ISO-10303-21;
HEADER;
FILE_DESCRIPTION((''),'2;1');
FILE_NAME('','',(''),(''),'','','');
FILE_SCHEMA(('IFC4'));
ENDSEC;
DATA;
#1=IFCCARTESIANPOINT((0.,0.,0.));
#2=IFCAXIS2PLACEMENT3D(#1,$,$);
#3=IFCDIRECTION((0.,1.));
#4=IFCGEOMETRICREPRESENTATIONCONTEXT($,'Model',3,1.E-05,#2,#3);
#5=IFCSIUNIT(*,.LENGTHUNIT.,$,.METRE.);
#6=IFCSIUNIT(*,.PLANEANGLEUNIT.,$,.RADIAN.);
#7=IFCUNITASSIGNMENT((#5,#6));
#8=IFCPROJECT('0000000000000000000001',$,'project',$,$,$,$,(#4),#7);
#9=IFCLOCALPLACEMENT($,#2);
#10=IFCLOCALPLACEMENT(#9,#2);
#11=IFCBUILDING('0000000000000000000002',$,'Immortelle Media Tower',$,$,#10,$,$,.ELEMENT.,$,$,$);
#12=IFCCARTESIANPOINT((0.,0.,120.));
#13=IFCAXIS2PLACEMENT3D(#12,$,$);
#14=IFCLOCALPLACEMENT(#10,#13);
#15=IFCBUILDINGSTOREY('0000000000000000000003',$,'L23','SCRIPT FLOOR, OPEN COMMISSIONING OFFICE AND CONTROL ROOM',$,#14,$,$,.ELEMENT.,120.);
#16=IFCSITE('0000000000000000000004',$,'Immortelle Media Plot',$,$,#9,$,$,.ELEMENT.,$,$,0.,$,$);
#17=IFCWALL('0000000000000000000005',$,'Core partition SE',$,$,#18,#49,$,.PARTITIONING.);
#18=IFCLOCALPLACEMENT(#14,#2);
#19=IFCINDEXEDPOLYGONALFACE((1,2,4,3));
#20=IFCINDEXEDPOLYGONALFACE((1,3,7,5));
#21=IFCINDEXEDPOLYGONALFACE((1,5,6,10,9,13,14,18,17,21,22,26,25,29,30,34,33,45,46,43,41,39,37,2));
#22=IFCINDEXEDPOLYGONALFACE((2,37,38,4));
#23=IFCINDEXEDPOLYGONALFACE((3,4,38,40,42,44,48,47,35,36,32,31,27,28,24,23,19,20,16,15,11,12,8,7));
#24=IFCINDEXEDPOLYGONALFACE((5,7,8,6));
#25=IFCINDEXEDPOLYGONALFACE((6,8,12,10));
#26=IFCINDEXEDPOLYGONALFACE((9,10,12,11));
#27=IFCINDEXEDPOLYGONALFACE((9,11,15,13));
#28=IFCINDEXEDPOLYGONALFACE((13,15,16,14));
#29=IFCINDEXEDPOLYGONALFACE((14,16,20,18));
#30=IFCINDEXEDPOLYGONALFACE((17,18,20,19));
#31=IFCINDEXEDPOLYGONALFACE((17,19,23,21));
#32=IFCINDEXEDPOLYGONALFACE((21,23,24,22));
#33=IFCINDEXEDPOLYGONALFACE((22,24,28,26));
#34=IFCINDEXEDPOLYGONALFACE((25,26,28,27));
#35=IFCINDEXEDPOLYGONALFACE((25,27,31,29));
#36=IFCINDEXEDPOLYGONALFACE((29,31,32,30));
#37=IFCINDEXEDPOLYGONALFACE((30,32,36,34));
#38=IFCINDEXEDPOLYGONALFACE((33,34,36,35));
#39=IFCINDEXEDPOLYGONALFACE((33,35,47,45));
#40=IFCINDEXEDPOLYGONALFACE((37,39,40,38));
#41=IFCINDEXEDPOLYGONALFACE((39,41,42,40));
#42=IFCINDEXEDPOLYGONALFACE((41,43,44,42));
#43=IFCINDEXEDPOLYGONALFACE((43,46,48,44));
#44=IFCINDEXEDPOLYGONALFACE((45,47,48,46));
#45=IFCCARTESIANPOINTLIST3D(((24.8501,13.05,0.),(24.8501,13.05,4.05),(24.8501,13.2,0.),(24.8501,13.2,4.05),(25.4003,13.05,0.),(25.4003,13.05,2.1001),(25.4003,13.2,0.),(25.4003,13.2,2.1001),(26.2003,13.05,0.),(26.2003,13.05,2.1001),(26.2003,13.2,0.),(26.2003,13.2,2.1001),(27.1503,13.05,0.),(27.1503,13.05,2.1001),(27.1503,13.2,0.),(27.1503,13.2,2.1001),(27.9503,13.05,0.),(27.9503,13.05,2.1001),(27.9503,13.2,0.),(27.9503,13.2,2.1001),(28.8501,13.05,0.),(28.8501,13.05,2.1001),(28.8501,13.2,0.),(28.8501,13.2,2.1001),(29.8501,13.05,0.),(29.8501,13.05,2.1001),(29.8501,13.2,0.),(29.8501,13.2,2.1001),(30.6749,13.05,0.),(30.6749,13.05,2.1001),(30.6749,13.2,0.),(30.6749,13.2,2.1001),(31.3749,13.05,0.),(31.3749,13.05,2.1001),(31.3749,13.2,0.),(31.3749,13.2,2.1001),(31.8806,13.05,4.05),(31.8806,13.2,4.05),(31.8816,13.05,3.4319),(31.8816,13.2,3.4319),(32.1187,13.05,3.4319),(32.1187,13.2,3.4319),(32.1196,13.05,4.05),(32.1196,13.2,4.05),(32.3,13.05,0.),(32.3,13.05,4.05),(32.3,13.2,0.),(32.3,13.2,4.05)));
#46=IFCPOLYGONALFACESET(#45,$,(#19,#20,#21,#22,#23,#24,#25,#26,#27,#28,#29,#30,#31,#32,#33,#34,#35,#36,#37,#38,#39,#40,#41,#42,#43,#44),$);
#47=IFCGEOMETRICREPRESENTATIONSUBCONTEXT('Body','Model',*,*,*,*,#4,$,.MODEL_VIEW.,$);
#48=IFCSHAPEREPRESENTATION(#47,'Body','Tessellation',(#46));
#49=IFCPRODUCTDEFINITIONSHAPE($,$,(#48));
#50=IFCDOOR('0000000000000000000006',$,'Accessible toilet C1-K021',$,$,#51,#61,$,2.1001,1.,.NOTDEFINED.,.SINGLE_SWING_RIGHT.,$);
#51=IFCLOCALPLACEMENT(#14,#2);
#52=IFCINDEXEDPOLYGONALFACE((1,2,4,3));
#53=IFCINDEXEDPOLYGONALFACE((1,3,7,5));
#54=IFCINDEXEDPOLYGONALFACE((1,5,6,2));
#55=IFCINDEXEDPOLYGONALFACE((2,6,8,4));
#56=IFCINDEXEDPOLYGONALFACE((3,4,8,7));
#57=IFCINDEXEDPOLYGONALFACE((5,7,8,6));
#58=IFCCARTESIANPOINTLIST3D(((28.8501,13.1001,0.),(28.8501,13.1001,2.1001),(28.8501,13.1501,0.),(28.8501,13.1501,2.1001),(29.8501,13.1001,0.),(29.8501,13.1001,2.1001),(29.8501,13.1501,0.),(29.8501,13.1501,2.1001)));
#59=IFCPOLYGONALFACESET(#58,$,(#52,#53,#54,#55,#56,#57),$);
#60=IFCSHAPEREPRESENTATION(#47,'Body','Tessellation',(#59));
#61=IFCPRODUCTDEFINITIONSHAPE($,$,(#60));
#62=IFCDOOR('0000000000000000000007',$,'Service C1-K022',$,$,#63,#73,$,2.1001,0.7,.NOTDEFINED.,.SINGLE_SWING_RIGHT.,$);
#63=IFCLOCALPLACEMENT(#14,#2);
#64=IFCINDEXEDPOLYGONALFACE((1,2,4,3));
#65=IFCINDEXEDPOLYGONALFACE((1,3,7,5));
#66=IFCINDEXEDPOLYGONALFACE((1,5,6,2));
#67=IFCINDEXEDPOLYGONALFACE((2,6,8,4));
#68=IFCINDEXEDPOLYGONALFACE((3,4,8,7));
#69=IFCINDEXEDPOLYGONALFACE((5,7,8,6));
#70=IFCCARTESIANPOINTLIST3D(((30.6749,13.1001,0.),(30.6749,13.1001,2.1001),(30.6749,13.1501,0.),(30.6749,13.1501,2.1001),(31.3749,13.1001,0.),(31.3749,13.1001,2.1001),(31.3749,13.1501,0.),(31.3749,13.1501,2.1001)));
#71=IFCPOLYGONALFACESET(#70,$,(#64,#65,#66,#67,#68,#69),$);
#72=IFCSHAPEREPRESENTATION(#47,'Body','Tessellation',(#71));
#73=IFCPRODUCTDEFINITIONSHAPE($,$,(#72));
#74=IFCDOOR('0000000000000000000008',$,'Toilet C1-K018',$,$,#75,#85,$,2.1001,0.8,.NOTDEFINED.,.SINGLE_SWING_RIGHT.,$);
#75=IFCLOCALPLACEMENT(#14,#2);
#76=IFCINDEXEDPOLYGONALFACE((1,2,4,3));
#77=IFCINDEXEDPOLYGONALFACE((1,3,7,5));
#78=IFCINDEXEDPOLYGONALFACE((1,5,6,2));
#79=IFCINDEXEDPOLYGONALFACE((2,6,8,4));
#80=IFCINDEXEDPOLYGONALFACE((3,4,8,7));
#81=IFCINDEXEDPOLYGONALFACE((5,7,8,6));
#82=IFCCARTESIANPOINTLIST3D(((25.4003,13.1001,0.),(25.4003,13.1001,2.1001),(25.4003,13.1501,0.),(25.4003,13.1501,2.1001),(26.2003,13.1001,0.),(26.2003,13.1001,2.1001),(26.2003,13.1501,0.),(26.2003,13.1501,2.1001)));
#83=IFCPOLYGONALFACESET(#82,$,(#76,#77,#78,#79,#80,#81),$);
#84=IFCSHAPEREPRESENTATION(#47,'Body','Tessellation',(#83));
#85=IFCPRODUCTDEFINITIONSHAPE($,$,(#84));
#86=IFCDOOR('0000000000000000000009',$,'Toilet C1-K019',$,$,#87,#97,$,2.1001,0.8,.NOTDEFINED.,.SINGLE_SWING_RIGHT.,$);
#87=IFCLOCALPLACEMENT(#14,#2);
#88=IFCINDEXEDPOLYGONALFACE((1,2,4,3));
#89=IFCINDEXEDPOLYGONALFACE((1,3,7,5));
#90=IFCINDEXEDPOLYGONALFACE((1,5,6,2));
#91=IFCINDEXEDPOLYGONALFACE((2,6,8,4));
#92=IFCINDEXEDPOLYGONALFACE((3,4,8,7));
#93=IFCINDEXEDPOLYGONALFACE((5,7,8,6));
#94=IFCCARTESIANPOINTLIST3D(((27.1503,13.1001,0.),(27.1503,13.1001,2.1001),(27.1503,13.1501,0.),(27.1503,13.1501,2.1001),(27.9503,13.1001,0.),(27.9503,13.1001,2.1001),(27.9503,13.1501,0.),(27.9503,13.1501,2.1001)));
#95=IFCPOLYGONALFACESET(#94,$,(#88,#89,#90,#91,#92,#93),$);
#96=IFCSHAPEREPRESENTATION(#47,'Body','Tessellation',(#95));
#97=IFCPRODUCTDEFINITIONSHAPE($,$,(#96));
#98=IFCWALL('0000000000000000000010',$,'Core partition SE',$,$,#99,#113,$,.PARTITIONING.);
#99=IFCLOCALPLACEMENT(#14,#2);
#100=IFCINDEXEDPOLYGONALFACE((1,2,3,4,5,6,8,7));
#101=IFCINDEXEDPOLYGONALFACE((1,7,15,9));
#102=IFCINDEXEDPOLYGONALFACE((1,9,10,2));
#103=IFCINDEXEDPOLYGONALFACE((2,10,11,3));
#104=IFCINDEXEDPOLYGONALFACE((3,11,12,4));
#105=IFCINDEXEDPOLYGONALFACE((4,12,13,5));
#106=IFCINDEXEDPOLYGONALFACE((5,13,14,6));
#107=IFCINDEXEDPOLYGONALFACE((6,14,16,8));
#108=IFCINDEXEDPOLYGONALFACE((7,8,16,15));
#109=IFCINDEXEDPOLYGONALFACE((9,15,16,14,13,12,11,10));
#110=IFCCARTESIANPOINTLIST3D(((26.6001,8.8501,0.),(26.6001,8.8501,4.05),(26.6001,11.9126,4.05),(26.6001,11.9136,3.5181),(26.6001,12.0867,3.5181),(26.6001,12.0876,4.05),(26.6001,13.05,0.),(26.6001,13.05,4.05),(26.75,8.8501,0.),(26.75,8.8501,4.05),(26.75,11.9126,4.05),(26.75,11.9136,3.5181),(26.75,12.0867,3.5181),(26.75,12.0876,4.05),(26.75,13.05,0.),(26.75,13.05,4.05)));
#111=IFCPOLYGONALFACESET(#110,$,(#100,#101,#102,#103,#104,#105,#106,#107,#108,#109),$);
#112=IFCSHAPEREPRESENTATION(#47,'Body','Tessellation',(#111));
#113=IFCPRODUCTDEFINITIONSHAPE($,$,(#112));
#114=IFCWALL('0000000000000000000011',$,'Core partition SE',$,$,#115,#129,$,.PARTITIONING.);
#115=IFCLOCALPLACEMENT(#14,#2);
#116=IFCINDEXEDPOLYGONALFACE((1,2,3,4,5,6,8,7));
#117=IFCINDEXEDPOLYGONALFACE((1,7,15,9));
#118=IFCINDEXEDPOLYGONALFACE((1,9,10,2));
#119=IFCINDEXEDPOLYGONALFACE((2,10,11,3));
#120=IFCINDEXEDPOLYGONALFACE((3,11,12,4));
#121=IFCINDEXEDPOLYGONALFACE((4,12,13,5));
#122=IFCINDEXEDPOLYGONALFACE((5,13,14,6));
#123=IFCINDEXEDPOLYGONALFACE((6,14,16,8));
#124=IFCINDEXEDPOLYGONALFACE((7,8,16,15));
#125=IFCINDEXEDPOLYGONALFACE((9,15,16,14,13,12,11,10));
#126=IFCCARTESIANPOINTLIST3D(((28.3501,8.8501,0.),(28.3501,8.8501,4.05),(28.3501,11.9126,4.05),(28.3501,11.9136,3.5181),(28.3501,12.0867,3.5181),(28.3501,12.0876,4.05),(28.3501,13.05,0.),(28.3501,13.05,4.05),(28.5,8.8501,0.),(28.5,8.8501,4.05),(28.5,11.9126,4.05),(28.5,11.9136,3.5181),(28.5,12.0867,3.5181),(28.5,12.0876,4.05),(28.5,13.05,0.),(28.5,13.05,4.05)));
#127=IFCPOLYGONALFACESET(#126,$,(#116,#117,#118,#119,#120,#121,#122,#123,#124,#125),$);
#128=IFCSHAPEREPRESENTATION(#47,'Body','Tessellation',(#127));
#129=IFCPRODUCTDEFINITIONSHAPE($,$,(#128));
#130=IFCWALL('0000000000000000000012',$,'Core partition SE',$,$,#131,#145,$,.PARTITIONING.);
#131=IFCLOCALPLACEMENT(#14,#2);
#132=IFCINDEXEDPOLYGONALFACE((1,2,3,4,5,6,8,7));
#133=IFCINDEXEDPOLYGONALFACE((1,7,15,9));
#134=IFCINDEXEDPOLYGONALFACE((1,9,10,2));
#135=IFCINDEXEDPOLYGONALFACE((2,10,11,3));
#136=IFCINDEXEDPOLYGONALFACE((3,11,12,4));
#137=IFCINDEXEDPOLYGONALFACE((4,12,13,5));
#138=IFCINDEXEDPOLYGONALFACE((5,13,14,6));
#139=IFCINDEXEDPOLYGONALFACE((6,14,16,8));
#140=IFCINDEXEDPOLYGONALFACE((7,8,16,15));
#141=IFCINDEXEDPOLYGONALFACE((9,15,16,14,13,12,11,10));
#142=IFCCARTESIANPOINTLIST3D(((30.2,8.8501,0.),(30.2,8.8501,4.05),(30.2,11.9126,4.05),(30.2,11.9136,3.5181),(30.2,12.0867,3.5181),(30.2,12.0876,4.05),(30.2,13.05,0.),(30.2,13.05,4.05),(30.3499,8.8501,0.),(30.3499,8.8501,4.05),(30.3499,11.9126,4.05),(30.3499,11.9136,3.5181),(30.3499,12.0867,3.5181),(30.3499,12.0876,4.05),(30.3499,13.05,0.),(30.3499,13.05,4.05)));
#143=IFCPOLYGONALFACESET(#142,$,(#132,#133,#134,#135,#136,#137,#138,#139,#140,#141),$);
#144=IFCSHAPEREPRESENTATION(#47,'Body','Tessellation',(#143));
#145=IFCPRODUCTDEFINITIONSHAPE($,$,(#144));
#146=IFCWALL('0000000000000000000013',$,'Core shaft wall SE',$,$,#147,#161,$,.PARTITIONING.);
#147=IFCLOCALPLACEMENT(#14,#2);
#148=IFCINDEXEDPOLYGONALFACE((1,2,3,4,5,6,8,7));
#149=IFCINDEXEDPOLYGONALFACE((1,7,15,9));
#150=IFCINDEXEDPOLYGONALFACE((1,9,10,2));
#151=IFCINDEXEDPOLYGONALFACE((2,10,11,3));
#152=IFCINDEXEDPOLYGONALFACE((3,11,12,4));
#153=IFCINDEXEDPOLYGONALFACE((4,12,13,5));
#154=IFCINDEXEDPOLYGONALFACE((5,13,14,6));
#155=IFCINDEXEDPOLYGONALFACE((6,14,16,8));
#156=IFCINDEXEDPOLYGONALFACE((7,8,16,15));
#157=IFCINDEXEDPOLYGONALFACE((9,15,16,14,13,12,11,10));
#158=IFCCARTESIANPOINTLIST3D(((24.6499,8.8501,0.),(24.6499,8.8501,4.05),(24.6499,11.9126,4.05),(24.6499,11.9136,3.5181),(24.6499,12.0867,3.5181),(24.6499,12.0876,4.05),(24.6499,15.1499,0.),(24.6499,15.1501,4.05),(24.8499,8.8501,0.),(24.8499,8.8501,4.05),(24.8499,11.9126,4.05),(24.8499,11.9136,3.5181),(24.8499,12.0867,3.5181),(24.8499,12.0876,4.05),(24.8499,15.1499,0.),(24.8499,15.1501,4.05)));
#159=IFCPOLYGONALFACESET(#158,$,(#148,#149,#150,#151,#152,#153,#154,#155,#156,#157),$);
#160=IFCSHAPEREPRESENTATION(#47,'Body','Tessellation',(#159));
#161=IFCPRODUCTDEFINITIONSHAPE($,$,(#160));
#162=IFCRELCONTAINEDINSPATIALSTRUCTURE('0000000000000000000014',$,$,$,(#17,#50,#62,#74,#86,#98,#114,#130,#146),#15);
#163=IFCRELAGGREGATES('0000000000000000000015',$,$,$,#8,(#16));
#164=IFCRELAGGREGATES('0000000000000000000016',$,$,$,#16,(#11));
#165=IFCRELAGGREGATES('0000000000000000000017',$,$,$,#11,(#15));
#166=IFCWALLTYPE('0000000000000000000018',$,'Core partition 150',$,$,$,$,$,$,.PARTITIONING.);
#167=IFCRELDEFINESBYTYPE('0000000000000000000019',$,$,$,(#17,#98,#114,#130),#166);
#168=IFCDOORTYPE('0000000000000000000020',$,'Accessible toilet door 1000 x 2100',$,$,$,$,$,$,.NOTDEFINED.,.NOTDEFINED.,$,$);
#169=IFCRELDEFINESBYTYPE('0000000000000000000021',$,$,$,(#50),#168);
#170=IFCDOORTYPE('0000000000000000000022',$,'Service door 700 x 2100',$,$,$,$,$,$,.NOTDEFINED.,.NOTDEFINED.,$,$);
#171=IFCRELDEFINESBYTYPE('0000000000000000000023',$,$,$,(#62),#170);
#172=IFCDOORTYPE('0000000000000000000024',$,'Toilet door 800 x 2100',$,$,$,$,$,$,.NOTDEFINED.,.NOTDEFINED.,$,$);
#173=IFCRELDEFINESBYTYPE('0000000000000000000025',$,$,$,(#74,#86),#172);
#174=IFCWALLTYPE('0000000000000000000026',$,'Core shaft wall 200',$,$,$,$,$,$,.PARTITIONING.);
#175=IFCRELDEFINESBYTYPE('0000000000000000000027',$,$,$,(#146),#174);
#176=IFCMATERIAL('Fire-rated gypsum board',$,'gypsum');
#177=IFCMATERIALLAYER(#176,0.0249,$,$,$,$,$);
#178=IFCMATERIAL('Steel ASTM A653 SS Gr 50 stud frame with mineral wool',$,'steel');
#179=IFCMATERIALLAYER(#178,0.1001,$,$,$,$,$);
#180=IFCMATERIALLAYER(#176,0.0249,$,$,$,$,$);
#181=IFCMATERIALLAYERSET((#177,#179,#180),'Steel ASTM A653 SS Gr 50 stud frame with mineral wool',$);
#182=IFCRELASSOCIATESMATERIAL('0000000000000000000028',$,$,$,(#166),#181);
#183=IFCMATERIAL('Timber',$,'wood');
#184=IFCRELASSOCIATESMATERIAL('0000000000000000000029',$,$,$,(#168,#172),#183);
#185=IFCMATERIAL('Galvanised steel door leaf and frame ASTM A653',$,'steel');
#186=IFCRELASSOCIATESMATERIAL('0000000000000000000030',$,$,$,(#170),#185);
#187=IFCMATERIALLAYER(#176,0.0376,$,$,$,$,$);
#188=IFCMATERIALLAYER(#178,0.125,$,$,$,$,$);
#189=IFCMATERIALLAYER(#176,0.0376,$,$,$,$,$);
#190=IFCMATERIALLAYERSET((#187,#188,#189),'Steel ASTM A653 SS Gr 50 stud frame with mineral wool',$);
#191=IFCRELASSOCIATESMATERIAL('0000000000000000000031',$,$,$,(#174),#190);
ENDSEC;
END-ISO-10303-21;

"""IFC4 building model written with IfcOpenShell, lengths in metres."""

from ifc_helpers import new_model, si_unit, direction, frame, frame_2d, origin, place, context, subcontext, project, spatial, polyline, rectangle, outline, extrude, material, layer, layer_set, type_object, element, fill, save


model = new_model("IFC4")

# Units and contexts
model_context = context("Model", 3, precision=1e-05, world=origin(), true_north=direction((0.0, 1.0)))
body_context = subcontext(model_context, "Body", "Model", "MODEL_VIEW")
ifc_project = project(units=[si_unit("LENGTHUNIT", "METRE"), si_unit("PLANEANGLEUNIT", "RADIAN")], contexts=[model_context])

# Site, building, storey
site_placement = place(None, origin())
site = spatial("IfcSite", under=ifc_project, at=site_placement, Name="Immortelle Media Plot", CompositionType="ELEMENT", RefElevation=0.0)
building_placement = place(site_placement, origin())
building = spatial("IfcBuilding", under=site, at=building_placement, Name="Immortelle Media Tower", CompositionType="ELEMENT")
storey_placement = place(building_placement, frame((0.0, 0.0, 120.0)))
storey = spatial("IfcBuildingStorey", under=building, at=storey_placement, Name="L23", Description="SCRIPT FLOOR, OPEN COMMISSIONING OFFICE AND CONTROL ROOM", CompositionType="ELEMENT", Elevation=120.0)

# Wall, openings, doors
ifc_material_1 = material(Name="Fire-rated gypsum board", Category="gypsum")
ifc_layer_1 = layer(ifc_material_1, 0.0249)
ifc_material_2 = material(Name="Steel ASTM A653 SS Gr 50 stud frame with mineral wool", Category="steel")
ifc_layer_2 = layer(ifc_material_2, 0.1001)
ifc_layer_3 = layer(ifc_material_1, 0.0249)
ifc_layer_set_1 = layer_set([ifc_layer_1, ifc_layer_2, ifc_layer_3], Name="Steel ASTM A653 SS Gr 50 stud frame with mineral wool")
wall_type_1 = type_object("IfcWallType", Name="Core partition 150", PredefinedType="PARTITIONING", material=ifc_layer_set_1)
wall_1_placement = place(storey_placement, frame((24.8501, 13.125, 0.0), z_axis=(0.0, 0.0, 1.0), x_axis=(1.0, 0.0, 0.0)))
wall_1 = element("IfcWall", 1, at=wall_1_placement, inside=storey, type_object=wall_type_1, Name="Core partition SE", PredefinedType="PARTITIONING", context=body_context, shape_type="SweptSolid", body=[
    extrude(outline(polyline([(0.0, 0.0), (7.45, 0.0), (7.45, 4.05), (7.2695, 4.05), (7.2686, 3.4319), (7.0315, 3.4319), (7.0305, 4.05), (0.0, 4.05), (0.0, 0.0)])), frame((0.0, 0.075, 0.0), z_axis=(0.0, -1.0, 0.0), x_axis=(1.0, 0.0, 0.0)), (0.0, 0.0, 1.0), 0.1499),
])
opening_1_placement = place(wall_1_placement, frame((1.3501, 0.0, 0.0), z_axis=(0.0, 0.0, 1.0), x_axis=(-1.0, 0.0, 0.0)))
opening_1 = element("IfcOpeningElement", 2, at=opening_1_placement, cuts=wall_1, PredefinedType="OPENING", context=body_context, shape_type="SweptSolid", body=[
    extrude(rectangle(XDim=0.8, YDim=2.1001, at=frame_2d((0.3999, 1.05))), frame((0.0, 0.085, 0.0), z_axis=(0.0, -1.0, 0.0), x_axis=(1.0, 0.0, 0.0)), (0.0, 0.0, 1.0), 0.1699),
])
opening_2_placement = place(wall_1_placement, frame((3.1001, 0.0, 0.0), z_axis=(0.0, 0.0, 1.0), x_axis=(-1.0, 0.0, 0.0)))
opening_2 = element("IfcOpeningElement", 3, at=opening_2_placement, cuts=wall_1, PredefinedType="OPENING", context=body_context, shape_type="SweptSolid", body=[
    extrude(rectangle(XDim=0.8, YDim=2.1001, at=frame_2d((0.3999, 1.05))), frame((0.0, 0.085, 0.0), z_axis=(0.0, -1.0, 0.0), x_axis=(1.0, 0.0, 0.0)), (0.0, 0.0, 1.0), 0.1699),
])
opening_3_placement = place(wall_1_placement, frame((5.0, 0.0, 0.0), z_axis=(0.0, 0.0, 1.0), x_axis=(-1.0, 0.0, 0.0)))
opening_3 = element("IfcOpeningElement", 4, at=opening_3_placement, cuts=wall_1, PredefinedType="OPENING", context=body_context, shape_type="SweptSolid", body=[
    extrude(rectangle(XDim=1.0, YDim=2.1001, at=frame_2d((0.5, 1.05))), frame((0.0, 0.085, 0.0), z_axis=(0.0, -1.0, 0.0), x_axis=(1.0, 0.0, 0.0)), (0.0, 0.0, 1.0), 0.1699),
])
opening_4_placement = place(wall_1_placement, frame((6.5249, 0.0, 0.0), z_axis=(0.0, 0.0, 1.0), x_axis=(-1.0, 0.0, 0.0)))
opening_4 = element("IfcOpeningElement", 5, at=opening_4_placement, cuts=wall_1, PredefinedType="OPENING", context=body_context, shape_type="SweptSolid", body=[
    extrude(rectangle(XDim=0.7, YDim=2.1001, at=frame_2d((0.3501, 1.05))), frame((0.0, 0.085, 0.0), z_axis=(0.0, -1.0, 0.0), x_axis=(1.0, 0.0, 0.0)), (0.0, 0.0, 1.0), 0.1699),
])
ifc_material_3 = material(Name="Timber", Category="wood")
door_type_1 = type_object("IfcDoorType", Name="Accessible toilet door 1000 x 2100", OperationType="NOTDEFINED", PredefinedType="NOTDEFINED", material=ifc_material_3)
door_1_placement = place(opening_3_placement, origin())
door_1 = element("IfcDoor", 6, at=door_1_placement, inside=storey, type_object=door_type_1, Name="Accessible toilet C1-K021", OperationType="SINGLE_SWING_RIGHT", OverallHeight=2.1001, OverallWidth=1.0, PredefinedType="NOTDEFINED", context=body_context, shape_type="SweptSolid", body=[
    extrude(rectangle(XDim=1.0, YDim=2.1001, at=frame_2d((0.5, 1.05))), frame((0.0, 0.0249, 0.0), z_axis=(0.0, -1.0, 0.0), x_axis=(1.0, 0.0, 0.0)), (0.0, 0.0, 1.0), 0.05),
])
fill(opening_3, door_1)
ifc_material_4 = material(Name="Galvanised steel door leaf and frame ASTM A653", Category="steel")
door_type_2 = type_object("IfcDoorType", Name="Service door 700 x 2100", OperationType="NOTDEFINED", PredefinedType="NOTDEFINED", material=ifc_material_4)
door_2_placement = place(opening_4_placement, origin())
door_2 = element("IfcDoor", 7, at=door_2_placement, inside=storey, type_object=door_type_2, Name="Service C1-K022", OperationType="SINGLE_SWING_RIGHT", OverallHeight=2.1001, OverallWidth=0.7, PredefinedType="NOTDEFINED", context=body_context, shape_type="SweptSolid", body=[
    extrude(rectangle(XDim=0.7, YDim=2.1001, at=frame_2d((0.3501, 1.05))), frame((0.0, 0.0249, 0.0), z_axis=(0.0, -1.0, 0.0), x_axis=(1.0, 0.0, 0.0)), (0.0, 0.0, 1.0), 0.05),
])
fill(opening_4, door_2)
door_type_3 = type_object("IfcDoorType", Name="Toilet door 800 x 2100", OperationType="NOTDEFINED", PredefinedType="NOTDEFINED", material=ifc_material_3)
door_3_placement = place(opening_1_placement, origin())
door_3 = element("IfcDoor", 8, at=door_3_placement, inside=storey, type_object=door_type_3, Name="Toilet C1-K018", OperationType="SINGLE_SWING_RIGHT", OverallHeight=2.1001, OverallWidth=0.8, PredefinedType="NOTDEFINED", context=body_context, shape_type="SweptSolid", body=[
    extrude(rectangle(XDim=0.8, YDim=2.1001, at=frame_2d((0.3999, 1.05))), frame((0.0, 0.0249, 0.0), z_axis=(0.0, -1.0, 0.0), x_axis=(1.0, 0.0, 0.0)), (0.0, 0.0, 1.0), 0.05),
])
fill(opening_1, door_3)
door_4_placement = place(opening_2_placement, origin())
door_4 = element("IfcDoor", 9, at=door_4_placement, inside=storey, type_object=door_type_3, Name="Toilet C1-K019", OperationType="SINGLE_SWING_RIGHT", OverallHeight=2.1001, OverallWidth=0.8, PredefinedType="NOTDEFINED", context=body_context, shape_type="SweptSolid", body=[
    extrude(rectangle(XDim=0.8, YDim=2.1001, at=frame_2d((0.3999, 1.05))), frame((0.0, 0.0249, 0.0), z_axis=(0.0, -1.0, 0.0), x_axis=(1.0, 0.0, 0.0)), (0.0, 0.0, 1.0), 0.05),
])
fill(opening_2, door_4)

# Walls
for number, where, z_axis, x_axis, name in (
    (10, (26.675, 8.8501, 0.0), (0.0, 0.0, 1.0), (0.0, 1.0, 0.0), "Core partition SE"),
    (11, (28.425, 8.8501, 0.0), (0.0, 0.0, 1.0), (0.0, 1.0, 0.0), "Core partition SE"),
    (12, (30.2749, 8.8501, 0.0), (0.0, 0.0, 1.0), (0.0, 1.0, 0.0), "Core partition SE"),
):
    element("IfcWall", number, at=place(storey_placement, frame(where, z_axis=z_axis, x_axis=x_axis)), inside=storey, type_object=wall_type_1, Name=name, PredefinedType="PARTITIONING", context=body_context, shape_type="SweptSolid", body=[
        extrude(outline(polyline([(0.0, 0.0), (4.2, 0.0), (4.2, 4.05), (3.2375, 4.05), (3.2366, 3.5181), (3.0635, 3.5181), (3.0625, 4.05), (0.0, 4.05), (0.0, 0.0)])), frame((0.0, 0.075, 0.0), z_axis=(0.0, -1.0, 0.0), x_axis=(1.0, 0.0, 0.0)), (0.0, 0.0, 1.0), 0.1499),
    ])
ifc_layer_4 = layer(ifc_material_1, 0.0376)
ifc_layer_5 = layer(ifc_material_2, 0.125)
ifc_layer_6 = layer(ifc_material_1, 0.0376)
ifc_layer_set_2 = layer_set([ifc_layer_4, ifc_layer_5, ifc_layer_6], Name="Steel ASTM A653 SS Gr 50 stud frame with mineral wool")
wall_type_2 = type_object("IfcWallType", Name="Core shaft wall 200", PredefinedType="PARTITIONING", material=ifc_layer_set_2)
wall_2_placement = place(storey_placement, frame((24.75, 8.8501, 0.0), z_axis=(0.0, 0.0, 1.0), x_axis=(0.0, 1.0, 0.0)))
element("IfcWall", 13, at=wall_2_placement, inside=storey, type_object=wall_type_2, Name="Core shaft wall SE", PredefinedType="PARTITIONING", context=body_context, shape_type="SweptSolid", body=[
    extrude(outline(polyline([(0.0, 0.0), (6.2998, 0.0), (6.3, 4.05), (3.2375, 4.05), (3.2366, 3.5181), (3.0635, 3.5181), (3.0625, 4.05), (0.0, 4.05), (0.0, 0.0)])), frame((0.0, 0.1001, 0.0), z_axis=(0.0, -1.0, 0.0), x_axis=(1.0, 0.0, 0.0)), (0.0, 0.0, 1.0), 0.2),
])

save(model, "model.ifc")
